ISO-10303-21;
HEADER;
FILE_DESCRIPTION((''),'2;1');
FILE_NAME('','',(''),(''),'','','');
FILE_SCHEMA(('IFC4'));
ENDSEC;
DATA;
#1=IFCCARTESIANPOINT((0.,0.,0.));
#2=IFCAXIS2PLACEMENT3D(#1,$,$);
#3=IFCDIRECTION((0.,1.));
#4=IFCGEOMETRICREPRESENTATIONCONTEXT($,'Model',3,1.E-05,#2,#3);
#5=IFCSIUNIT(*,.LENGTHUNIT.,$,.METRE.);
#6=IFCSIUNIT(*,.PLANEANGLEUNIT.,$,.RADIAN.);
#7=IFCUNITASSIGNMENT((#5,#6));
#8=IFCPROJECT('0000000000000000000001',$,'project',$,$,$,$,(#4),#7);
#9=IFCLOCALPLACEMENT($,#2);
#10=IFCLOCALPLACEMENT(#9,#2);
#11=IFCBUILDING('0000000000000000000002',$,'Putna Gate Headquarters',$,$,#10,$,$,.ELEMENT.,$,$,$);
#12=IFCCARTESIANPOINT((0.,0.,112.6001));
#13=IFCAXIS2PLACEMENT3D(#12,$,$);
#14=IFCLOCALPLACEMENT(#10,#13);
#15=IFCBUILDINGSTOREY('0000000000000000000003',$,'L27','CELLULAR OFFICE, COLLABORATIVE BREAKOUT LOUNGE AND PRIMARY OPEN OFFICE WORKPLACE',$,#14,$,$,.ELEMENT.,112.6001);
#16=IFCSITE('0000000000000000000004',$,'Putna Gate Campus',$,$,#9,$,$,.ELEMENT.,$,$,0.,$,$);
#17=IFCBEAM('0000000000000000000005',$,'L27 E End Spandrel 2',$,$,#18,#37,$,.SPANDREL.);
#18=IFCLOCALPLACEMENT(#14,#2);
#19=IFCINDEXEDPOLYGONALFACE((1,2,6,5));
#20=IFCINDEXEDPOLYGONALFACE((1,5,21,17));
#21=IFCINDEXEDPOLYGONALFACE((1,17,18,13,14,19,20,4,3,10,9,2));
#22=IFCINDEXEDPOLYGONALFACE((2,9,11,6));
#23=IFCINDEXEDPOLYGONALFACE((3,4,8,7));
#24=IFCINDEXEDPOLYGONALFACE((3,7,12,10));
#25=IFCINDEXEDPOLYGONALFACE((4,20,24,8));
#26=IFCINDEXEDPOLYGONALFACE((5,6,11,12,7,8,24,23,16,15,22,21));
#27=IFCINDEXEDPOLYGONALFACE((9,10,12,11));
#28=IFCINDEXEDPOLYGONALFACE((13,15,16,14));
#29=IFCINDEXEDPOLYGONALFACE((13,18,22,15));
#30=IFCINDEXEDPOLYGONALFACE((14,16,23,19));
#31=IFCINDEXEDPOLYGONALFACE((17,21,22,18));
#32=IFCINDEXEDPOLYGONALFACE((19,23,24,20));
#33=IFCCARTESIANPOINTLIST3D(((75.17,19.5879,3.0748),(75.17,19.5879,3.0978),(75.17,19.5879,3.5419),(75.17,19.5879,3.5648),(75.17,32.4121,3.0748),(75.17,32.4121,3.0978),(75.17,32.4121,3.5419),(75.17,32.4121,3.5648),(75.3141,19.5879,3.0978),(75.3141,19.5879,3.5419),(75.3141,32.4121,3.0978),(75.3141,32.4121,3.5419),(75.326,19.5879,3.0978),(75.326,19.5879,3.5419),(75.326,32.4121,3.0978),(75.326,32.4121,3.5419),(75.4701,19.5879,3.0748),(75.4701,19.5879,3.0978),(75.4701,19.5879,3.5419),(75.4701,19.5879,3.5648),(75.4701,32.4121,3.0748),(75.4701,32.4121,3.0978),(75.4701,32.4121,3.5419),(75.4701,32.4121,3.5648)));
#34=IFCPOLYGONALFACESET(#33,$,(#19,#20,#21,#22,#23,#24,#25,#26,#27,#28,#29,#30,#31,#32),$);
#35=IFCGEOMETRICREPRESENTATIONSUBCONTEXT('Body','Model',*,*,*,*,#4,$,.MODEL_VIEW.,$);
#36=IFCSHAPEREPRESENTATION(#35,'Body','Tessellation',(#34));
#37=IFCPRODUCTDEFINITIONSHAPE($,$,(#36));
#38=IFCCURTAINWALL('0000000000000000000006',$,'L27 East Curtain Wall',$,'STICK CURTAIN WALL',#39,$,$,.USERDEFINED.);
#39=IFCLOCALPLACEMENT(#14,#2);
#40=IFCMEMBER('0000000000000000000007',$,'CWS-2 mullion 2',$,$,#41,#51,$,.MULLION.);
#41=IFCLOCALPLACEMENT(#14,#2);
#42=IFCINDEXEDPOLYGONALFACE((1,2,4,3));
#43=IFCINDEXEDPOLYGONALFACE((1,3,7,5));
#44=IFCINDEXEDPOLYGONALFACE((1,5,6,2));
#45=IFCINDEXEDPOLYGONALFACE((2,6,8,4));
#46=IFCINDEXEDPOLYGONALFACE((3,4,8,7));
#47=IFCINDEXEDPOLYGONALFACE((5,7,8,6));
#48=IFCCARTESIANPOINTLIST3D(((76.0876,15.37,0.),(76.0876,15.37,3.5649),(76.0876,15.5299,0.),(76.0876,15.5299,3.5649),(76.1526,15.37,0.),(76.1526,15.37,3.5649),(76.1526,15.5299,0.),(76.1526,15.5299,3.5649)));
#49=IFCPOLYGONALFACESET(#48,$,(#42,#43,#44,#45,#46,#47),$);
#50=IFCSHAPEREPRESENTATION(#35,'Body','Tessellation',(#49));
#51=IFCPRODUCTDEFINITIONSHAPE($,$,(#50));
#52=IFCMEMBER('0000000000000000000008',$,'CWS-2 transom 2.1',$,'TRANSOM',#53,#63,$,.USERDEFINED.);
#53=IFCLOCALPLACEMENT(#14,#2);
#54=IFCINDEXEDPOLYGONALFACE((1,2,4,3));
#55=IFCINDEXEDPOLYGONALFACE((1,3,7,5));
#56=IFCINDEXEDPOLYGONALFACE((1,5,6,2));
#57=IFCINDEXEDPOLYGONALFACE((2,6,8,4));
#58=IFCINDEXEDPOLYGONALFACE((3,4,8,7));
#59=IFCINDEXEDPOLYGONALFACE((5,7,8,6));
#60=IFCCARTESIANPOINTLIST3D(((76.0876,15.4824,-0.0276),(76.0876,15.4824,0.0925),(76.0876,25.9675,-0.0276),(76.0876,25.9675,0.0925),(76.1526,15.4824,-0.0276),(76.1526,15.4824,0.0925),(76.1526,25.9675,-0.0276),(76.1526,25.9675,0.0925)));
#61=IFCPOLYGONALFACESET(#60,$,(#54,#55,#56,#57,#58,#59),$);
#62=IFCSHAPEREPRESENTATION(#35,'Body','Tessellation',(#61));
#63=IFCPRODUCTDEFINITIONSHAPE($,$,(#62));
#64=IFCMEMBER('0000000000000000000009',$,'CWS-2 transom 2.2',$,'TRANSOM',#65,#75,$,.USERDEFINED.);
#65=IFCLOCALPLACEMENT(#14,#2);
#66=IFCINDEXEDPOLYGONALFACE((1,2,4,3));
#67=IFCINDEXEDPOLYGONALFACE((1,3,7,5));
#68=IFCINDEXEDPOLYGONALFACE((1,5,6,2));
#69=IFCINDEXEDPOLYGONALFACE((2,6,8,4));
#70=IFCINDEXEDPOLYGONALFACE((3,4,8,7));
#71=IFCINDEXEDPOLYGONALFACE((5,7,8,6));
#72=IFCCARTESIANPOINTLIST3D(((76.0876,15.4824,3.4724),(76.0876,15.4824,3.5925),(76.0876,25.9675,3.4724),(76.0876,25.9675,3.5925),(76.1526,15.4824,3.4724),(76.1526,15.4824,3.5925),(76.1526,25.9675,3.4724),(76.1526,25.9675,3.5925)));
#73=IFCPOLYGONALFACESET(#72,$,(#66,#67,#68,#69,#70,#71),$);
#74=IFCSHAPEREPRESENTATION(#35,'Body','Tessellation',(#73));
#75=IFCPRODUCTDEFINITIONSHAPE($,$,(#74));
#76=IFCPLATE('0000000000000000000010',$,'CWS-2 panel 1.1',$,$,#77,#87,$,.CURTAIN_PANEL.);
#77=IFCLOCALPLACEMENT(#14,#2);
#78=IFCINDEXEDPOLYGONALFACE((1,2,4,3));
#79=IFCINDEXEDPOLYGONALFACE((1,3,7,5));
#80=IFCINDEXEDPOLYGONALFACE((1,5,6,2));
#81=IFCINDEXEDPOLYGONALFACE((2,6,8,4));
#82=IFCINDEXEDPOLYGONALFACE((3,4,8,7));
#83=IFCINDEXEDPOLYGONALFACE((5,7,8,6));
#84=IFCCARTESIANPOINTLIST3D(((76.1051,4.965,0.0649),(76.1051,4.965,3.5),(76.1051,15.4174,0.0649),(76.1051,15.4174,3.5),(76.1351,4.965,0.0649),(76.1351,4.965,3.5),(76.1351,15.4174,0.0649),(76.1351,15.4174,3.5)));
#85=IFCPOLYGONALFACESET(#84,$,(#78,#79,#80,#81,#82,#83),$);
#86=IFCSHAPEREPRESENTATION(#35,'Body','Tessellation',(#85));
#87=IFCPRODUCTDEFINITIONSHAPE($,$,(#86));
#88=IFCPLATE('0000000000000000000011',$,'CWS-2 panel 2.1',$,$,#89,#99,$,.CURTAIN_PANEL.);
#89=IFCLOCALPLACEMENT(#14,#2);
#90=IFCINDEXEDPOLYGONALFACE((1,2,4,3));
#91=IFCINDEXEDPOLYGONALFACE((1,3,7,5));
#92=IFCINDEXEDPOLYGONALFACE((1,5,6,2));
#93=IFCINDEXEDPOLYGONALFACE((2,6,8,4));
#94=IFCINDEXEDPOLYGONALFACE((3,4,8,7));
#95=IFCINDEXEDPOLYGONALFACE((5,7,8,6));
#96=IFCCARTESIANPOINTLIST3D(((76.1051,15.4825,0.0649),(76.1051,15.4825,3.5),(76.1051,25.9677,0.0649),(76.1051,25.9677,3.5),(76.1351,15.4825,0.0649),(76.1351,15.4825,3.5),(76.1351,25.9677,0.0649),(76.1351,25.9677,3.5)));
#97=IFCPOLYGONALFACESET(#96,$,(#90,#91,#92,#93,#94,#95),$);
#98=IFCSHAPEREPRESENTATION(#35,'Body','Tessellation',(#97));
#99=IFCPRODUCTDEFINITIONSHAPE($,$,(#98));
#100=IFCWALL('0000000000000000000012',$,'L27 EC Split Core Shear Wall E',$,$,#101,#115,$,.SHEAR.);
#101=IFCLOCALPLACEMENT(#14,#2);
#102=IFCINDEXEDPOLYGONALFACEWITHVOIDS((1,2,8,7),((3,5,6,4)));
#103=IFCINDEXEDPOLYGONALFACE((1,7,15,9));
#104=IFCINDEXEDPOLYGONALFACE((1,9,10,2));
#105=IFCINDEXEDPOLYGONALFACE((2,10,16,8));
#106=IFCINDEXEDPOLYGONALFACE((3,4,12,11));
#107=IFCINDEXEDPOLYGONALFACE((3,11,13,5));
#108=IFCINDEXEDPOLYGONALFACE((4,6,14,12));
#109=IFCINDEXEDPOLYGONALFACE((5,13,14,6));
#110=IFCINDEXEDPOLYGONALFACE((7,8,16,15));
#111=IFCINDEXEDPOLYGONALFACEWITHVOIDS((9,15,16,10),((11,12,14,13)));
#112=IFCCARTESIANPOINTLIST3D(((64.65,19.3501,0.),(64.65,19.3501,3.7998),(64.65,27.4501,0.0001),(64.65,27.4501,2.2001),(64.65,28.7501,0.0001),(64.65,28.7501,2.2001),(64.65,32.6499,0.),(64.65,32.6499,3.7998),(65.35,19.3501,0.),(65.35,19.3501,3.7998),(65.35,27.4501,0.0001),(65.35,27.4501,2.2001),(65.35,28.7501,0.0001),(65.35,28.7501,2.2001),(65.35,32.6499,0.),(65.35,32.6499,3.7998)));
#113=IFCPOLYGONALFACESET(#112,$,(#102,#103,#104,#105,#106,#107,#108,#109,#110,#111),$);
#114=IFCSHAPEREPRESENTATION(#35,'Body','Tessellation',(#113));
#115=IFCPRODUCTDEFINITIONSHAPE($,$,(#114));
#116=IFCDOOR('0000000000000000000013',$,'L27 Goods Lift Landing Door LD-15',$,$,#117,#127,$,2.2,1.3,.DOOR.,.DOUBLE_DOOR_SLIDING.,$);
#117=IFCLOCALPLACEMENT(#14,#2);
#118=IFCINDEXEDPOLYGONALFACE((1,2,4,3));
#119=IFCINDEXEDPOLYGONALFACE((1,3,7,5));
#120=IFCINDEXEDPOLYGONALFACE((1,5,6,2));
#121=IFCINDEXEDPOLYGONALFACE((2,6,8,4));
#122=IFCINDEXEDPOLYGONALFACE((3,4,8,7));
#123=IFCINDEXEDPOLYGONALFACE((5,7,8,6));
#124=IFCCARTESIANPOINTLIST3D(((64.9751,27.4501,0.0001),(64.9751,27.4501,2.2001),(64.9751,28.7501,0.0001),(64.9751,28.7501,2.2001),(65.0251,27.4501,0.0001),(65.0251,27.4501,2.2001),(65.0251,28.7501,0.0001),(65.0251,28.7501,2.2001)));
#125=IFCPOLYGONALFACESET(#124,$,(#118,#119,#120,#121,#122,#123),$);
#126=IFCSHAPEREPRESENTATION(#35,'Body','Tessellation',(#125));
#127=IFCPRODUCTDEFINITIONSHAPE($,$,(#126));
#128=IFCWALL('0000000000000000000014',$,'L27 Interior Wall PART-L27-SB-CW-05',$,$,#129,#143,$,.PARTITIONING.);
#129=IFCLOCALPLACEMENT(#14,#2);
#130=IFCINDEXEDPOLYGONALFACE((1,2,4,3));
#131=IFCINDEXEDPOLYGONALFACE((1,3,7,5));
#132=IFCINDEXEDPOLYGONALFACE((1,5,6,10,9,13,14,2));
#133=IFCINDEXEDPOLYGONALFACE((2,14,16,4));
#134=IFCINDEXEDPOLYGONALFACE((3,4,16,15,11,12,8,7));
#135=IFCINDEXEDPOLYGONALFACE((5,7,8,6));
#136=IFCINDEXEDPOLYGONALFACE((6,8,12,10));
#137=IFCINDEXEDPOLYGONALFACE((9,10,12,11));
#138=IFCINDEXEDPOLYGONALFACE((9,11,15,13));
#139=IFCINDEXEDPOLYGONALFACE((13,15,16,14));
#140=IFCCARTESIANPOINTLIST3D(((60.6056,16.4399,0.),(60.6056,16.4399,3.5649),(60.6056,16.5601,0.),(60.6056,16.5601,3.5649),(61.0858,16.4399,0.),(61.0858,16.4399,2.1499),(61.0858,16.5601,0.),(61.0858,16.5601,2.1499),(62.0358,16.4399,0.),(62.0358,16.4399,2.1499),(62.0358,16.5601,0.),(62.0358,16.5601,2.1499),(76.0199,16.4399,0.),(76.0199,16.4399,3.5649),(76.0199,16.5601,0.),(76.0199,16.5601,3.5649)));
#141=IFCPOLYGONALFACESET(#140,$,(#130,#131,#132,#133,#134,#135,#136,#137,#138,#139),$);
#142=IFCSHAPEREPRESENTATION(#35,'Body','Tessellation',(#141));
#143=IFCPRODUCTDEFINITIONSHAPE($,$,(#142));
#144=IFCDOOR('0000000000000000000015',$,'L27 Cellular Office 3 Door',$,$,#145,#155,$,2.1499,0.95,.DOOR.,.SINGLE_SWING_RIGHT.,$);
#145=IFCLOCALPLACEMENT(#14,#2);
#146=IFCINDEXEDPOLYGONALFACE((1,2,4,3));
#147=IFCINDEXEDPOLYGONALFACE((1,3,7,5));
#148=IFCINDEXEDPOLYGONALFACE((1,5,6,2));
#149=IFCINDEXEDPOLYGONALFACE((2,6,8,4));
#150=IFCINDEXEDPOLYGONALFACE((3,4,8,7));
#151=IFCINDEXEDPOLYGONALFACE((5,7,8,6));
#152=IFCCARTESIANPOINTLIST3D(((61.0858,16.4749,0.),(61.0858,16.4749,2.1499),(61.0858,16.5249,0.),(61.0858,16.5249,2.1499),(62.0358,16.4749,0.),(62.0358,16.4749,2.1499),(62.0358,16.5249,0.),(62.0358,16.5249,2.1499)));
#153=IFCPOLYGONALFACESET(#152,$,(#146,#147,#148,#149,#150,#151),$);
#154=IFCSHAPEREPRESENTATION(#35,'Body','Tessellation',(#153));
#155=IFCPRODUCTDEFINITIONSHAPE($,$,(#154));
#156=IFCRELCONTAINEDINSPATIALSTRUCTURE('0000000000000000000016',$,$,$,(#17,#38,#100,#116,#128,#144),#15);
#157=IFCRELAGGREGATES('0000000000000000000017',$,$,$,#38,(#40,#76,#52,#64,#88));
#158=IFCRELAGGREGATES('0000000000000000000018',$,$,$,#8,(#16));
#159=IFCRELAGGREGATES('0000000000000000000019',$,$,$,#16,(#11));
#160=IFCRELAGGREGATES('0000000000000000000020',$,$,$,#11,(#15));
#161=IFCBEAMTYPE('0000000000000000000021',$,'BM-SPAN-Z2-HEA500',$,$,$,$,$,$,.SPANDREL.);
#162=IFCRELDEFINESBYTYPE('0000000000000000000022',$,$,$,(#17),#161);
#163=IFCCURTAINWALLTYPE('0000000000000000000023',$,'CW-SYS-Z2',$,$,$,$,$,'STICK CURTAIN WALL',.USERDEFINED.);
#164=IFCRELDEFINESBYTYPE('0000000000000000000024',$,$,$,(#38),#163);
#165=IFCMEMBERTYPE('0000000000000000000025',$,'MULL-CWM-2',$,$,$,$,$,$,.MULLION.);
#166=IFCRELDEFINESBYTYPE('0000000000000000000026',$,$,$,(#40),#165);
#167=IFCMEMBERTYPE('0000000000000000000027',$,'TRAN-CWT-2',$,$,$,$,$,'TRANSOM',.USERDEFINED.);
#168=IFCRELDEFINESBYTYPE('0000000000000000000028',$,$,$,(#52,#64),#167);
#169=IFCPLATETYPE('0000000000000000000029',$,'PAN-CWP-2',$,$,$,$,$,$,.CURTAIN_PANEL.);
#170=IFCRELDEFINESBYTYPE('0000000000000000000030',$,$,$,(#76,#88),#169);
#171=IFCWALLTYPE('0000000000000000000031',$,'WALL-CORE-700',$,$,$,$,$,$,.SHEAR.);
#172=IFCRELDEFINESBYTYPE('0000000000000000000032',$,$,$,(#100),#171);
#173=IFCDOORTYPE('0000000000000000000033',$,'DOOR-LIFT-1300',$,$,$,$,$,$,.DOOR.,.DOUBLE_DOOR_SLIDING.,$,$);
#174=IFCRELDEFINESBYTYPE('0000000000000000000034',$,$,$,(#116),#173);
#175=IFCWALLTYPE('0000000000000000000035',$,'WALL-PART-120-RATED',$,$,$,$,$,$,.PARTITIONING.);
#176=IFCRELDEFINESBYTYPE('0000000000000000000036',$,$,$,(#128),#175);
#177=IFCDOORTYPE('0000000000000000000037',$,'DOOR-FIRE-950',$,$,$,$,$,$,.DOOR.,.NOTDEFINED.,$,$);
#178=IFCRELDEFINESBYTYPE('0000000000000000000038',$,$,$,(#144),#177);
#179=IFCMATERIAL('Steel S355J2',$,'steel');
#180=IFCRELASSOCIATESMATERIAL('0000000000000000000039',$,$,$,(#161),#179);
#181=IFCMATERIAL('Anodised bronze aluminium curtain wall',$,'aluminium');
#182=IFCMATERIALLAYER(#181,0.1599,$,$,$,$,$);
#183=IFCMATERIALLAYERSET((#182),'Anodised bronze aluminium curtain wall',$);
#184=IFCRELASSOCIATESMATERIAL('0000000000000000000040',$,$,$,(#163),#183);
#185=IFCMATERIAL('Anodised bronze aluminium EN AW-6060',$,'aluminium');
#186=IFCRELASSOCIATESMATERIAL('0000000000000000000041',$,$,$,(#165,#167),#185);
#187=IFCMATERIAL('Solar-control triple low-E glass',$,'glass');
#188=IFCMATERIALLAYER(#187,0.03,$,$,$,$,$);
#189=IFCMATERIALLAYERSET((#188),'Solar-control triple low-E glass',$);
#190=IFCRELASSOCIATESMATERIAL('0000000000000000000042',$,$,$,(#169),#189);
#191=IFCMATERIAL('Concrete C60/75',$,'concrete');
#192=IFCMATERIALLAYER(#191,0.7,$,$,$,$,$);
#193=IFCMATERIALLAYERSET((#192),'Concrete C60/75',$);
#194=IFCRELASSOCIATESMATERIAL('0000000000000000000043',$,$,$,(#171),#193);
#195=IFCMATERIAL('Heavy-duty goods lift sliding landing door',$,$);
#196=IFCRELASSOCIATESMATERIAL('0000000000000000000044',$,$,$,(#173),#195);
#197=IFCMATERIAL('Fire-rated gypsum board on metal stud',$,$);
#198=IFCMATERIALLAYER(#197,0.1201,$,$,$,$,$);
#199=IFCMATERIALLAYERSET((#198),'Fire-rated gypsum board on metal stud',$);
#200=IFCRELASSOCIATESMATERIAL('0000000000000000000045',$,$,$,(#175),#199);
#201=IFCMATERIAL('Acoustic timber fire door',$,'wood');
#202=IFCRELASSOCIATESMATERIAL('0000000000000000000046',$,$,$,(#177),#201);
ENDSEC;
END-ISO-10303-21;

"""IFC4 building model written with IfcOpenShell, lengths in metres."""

from ifc_helpers import new_model, si_unit, direction, frame, frame_2d, origin, origin_2d, place, context, subcontext, project, spatial, rectangle, i_section, extrude, material, layer, layer_set, material_profile, profile_set, type_object, element, fill, aggregate, save


model = new_model("IFC4")

# Units and contexts
model_context = context("Model", 3, precision=1e-05, world=origin(), true_north=direction((0.0, 1.0)))
body_context = subcontext(model_context, "Body", "Model", "MODEL_VIEW")
ifc_project = project(units=[si_unit("LENGTHUNIT", "METRE"), si_unit("PLANEANGLEUNIT", "RADIAN")], contexts=[model_context])

# Site, building, storey
site_placement = place(None, origin())
site = spatial("IfcSite", under=ifc_project, at=site_placement, Name="Putna Gate Campus", CompositionType="ELEMENT", RefElevation=0.0)
building_placement = place(site_placement, origin())
building = spatial("IfcBuilding", under=site, at=building_placement, Name="Putna Gate Headquarters", CompositionType="ELEMENT")
storey_placement = place(building_placement, frame((0.0, 0.0, 112.6001)))
storey = spatial("IfcBuildingStorey", under=building, at=storey_placement, Name="L27", Description="CELLULAR OFFICE, COLLABORATIVE BREAKOUT LOUNGE AND PRIMARY OPEN OFFICE WORKPLACE", CompositionType="ELEMENT", Elevation=112.6001)

# Shared definitions
ifc_material_1 = material(Name="Concrete C60/75", Category="concrete")

# Beam
ifc_material_2 = material(Name="Steel S355J2", Category="steel")
ifc_material_profile_1 = material_profile(ifc_material_2, i_section(OverallWidth=0.3, OverallDepth=0.49, WebThickness=0.012, FlangeThickness=0.0229, at=origin_2d()), Name="Steel S355J2")
ifc_profile_set_1 = profile_set([ifc_material_profile_1], Name="Steel S355J2")
beam_type_1 = type_object("IfcBeamType", Name="BM-SPAN-Z2-HEA500", PredefinedType="SPANDREL", material=ifc_profile_set_1)
beam_1_placement = place(storey_placement, frame((75.3201, 19.5879, 3.3198), z_axis=(0.0, 1.0, 0.0), x_axis=(-1.0, 0.0, 0.0)))
element("IfcBeam", 1, at=beam_1_placement, inside=storey, type_object=beam_type_1, Name="L27 E End Spandrel 2", PredefinedType="SPANDREL", context=body_context, shape_type="SweptSolid", body=[
    extrude(i_section(OverallWidth=0.3, OverallDepth=0.49, WebThickness=0.012, FlangeThickness=0.0229, at=origin_2d()), origin(), (0.0, 0.0, 1.0), 12.8242),
])

# Curtain wall, members, plates
ifc_material_3 = material(Name="Anodised bronze aluminium curtain wall", Category="aluminium")
ifc_layer_1 = layer(ifc_material_3, 0.1599)
ifc_layer_set_1 = layer_set([ifc_layer_1], Name="Anodised bronze aluminium curtain wall")
curtain_wall_type = type_object("IfcCurtainWallType", Name="CW-SYS-Z2", ElementType="STICK CURTAIN WALL", PredefinedType="USERDEFINED", material=ifc_layer_set_1)
curtain_wall_placement = place(storey_placement, origin())
curtain_wall = element("IfcCurtainWall", 2, at=curtain_wall_placement, inside=storey, type_object=curtain_wall_type, Name="L27 East Curtain Wall", ObjectType="STICK CURTAIN WALL", PredefinedType="USERDEFINED")
ifc_material_4 = material(Name="Anodised bronze aluminium EN AW-6060", Category="aluminium")
ifc_material_profile_2 = material_profile(ifc_material_4, rectangle(XDim=0.0649, YDim=0.1599, at=origin_2d()), Name="Anodised bronze aluminium EN AW-6060")
ifc_profile_set_2 = profile_set([ifc_material_profile_2], Name="Anodised bronze aluminium EN AW-6060")
member_type_1 = type_object("IfcMemberType", Name="MULL-CWM-2", PredefinedType="MULLION", material=ifc_profile_set_2)
member_1_placement = place(storey_placement, frame((76.1201, 15.45, 0.0), z_axis=(0.0, 0.0, 1.0), x_axis=(-1.0, 0.0, 0.0)))
member_1 = element("IfcMember", 3, at=member_1_placement, type_object=member_type_1, Name="CWS-2 mullion 2", PredefinedType="MULLION", context=body_context, shape_type="SweptSolid", body=[
    extrude(rectangle(XDim=0.0649, YDim=0.1599, at=origin_2d()), origin(), (0.0, 0.0, 1.0), 3.5649),
])
ifc_material_profile_3 = material_profile(ifc_material_4, rectangle(XDim=0.0649, YDim=0.1201, at=origin_2d()), Name="Anodised bronze aluminium EN AW-6060")
ifc_profile_set_3 = profile_set([ifc_material_profile_3], Name="Anodised bronze aluminium EN AW-6060")
member_type_2 = type_object("IfcMemberType", Name="TRAN-CWT-2", ElementType="TRANSOM", PredefinedType="USERDEFINED", material=ifc_profile_set_3)
member_2_placement = place(storey_placement, frame((76.1201, 15.4824, 0.0325), z_axis=(0.0, 1.0, 0.0), x_axis=(-1.0, 0.0, 0.0)))
member_2 = element("IfcMember", 4, at=member_2_placement, type_object=member_type_2, Name="CWS-2 transom 2.1", ObjectType="TRANSOM", PredefinedType="USERDEFINED", context=body_context, shape_type="SweptSolid", body=[
    extrude(rectangle(XDim=0.0649, YDim=0.1201, at=origin_2d()), origin(), (0.0, 0.0, 1.0), 10.4851),
])
member_3_placement = place(storey_placement, frame((76.1201, 15.4824, 3.5325), z_axis=(0.0, 1.0, 0.0), x_axis=(-1.0, 0.0, 0.0)))
member_3 = element("IfcMember", 5, at=member_3_placement, type_object=member_type_2, Name="CWS-2 transom 2.2", ObjectType="TRANSOM", PredefinedType="USERDEFINED", context=body_context, shape_type="SweptSolid", body=[
    extrude(rectangle(XDim=0.0649, YDim=0.1201, at=origin_2d()), origin(), (0.0, 0.0, 1.0), 10.4851),
])
ifc_material_5 = material(Name="Solar-control triple low-E glass", Category="glass")
ifc_layer_2 = layer(ifc_material_5, 0.03)
ifc_layer_set_2 = layer_set([ifc_layer_2], Name="Solar-control triple low-E glass")
plate_type = type_object("IfcPlateType", Name="PAN-CWP-2", PredefinedType="CURTAIN_PANEL", material=ifc_layer_set_2)
plate_1_placement = place(storey_placement, frame((76.1201, 10.1912, 0.0649), z_axis=(0.0, 0.0, 1.0), x_axis=(0.0, 1.0, 0.0)))
plate_1 = element("IfcPlate", 6, at=plate_1_placement, type_object=plate_type, Name="CWS-2 panel 1.1", PredefinedType="CURTAIN_PANEL", context=body_context, shape_type="SweptSolid", body=[
    extrude(rectangle(XDim=10.4524, YDim=0.03, at=origin_2d()), origin(), (0.0, 0.0, 1.0), 3.4351),
])
plate_2_placement = place(storey_placement, frame((76.1201, 20.7251, 0.0649), z_axis=(0.0, 0.0, 1.0), x_axis=(0.0, 1.0, 0.0)))
plate_2 = element("IfcPlate", 7, at=plate_2_placement, type_object=plate_type, Name="CWS-2 panel 2.1", PredefinedType="CURTAIN_PANEL", context=body_context, shape_type="SweptSolid", body=[
    extrude(rectangle(XDim=10.4851, YDim=0.03, at=origin_2d()), origin(), (0.0, 0.0, 1.0), 3.4351),
])
aggregate(curtain_wall, [member_1, plate_1, member_2, member_3, plate_2])

# Walls, openings, doors
ifc_layer_3 = layer(ifc_material_1, 0.7)
ifc_layer_set_3 = layer_set([ifc_layer_3], Name="Concrete C60/75")
wall_type_1 = type_object("IfcWallType", Name="WALL-CORE-700", PredefinedType="SHEAR", material=ifc_layer_set_3)
wall_1_placement = place(storey_placement, frame((65.0, 19.3501, 0.0), z_axis=(0.0, 0.0, 1.0), x_axis=(0.0, 1.0, 0.0)))
wall_1 = element("IfcWall", 8, at=wall_1_placement, inside=storey, type_object=wall_type_1, Name="L27 EC Split Core Shear Wall E", PredefinedType="SHEAR", context=body_context, shape_type="SweptSolid", body=[
    extrude(rectangle(XDim=13.2998, YDim=0.7, at=frame_2d((6.6499, 0.0))), origin(), (0.0, 0.0, 1.0), 3.7998),
])
opening_1_placement = place(wall_1_placement, frame((8.1001, 0.0, 0.0)))
opening_1 = element("IfcOpeningElement", 9, at=opening_1_placement, cuts=wall_1, PredefinedType="OPENING", context=body_context, shape_type="SweptSolid", body=[
    extrude(rectangle(XDim=1.3, YDim=2.2, at=frame_2d((0.6499, 1.1001))), frame((0.0, 0.3599, 0.0), z_axis=(0.0, -1.0, 0.0), x_axis=(1.0, 0.0, 0.0)), (0.0, 0.0, 1.0), 0.72),
])
ifc_material_6 = material(Name="Heavy-duty goods lift sliding landing door")
door_type_1 = type_object("IfcDoorType", Name="DOOR-LIFT-1300", OperationType="DOUBLE_DOOR_SLIDING", PredefinedType="DOOR", material=ifc_material_6)
door_1_placement = place(opening_1_placement, origin())
door_1 = element("IfcDoor", 10, at=door_1_placement, inside=storey, type_object=door_type_1, Name="L27 Goods Lift Landing Door LD-15", OperationType="DOUBLE_DOOR_SLIDING", OverallHeight=2.2, OverallWidth=1.3, PredefinedType="DOOR", context=body_context, shape_type="SweptSolid", body=[
    extrude(rectangle(XDim=1.3, YDim=2.2, at=frame_2d((0.6499, 1.1001))), frame((0.0, 0.0249, 0.0), z_axis=(0.0, -1.0, 0.0), x_axis=(1.0, 0.0, 0.0)), (0.0, 0.0, 1.0), 0.05),
])
fill(opening_1, door_1)
ifc_material_7 = material(Name="Fire-rated gypsum board on metal stud")
ifc_layer_4 = layer(ifc_material_7, 0.1201)
ifc_layer_set_4 = layer_set([ifc_layer_4], Name="Fire-rated gypsum board on metal stud")
wall_type_2 = type_object("IfcWallType", Name="WALL-PART-120-RATED", PredefinedType="PARTITIONING", material=ifc_layer_set_4)
wall_2_placement = place(storey_placement, frame((60.6057, 16.5, 0.0), z_axis=(0.0, 0.0, 1.0), x_axis=(1.0, 0.0, 0.0)))
wall_2 = element("IfcWall", 11, at=wall_2_placement, inside=storey, type_object=wall_type_2, Name="L27 Interior Wall PART-L27-SB-CW-05", PredefinedType="PARTITIONING", context=body_context, shape_type="SweptSolid", body=[
    extrude(rectangle(XDim=15.4143, YDim=0.1201, at=frame_2d((7.707, 0.0))), origin(), (0.0, 0.0, 1.0), 3.5649),
])
opening_2_placement = place(wall_2_placement, frame((0.48, 0.0, 0.0)))
opening_2 = element("IfcOpeningElement", 12, at=opening_2_placement, cuts=wall_2, PredefinedType="OPENING", context=body_context, shape_type="SweptSolid", body=[
    extrude(rectangle(XDim=0.95, YDim=2.1499, at=frame_2d((0.4751, 1.075))), frame((0.0, 0.0701, 0.0), z_axis=(0.0, -1.0, 0.0), x_axis=(1.0, 0.0, 0.0)), (0.0, 0.0, 1.0), 0.1401),
])
ifc_material_8 = material(Name="Acoustic timber fire door", Category="wood")
door_type_2 = type_object("IfcDoorType", Name="DOOR-FIRE-950", OperationType="NOTDEFINED", PredefinedType="DOOR", material=ifc_material_8)
door_2_placement = place(opening_2_placement, origin())
door_2 = element("IfcDoor", 13, at=door_2_placement, inside=storey, type_object=door_type_2, Name="L27 Cellular Office 3 Door", OperationType="SINGLE_SWING_RIGHT", OverallHeight=2.1499, OverallWidth=0.95, PredefinedType="DOOR", context=body_context, shape_type="SweptSolid", body=[
    extrude(rectangle(XDim=0.95, YDim=2.1499, at=frame_2d((0.4751, 1.075))), frame((0.0, 0.0249, 0.0), z_axis=(0.0, -1.0, 0.0), x_axis=(1.0, 0.0, 0.0)), (0.0, 0.0, 1.0), 0.05),
])
fill(opening_2, door_2)

save(model, "model.ifc")
